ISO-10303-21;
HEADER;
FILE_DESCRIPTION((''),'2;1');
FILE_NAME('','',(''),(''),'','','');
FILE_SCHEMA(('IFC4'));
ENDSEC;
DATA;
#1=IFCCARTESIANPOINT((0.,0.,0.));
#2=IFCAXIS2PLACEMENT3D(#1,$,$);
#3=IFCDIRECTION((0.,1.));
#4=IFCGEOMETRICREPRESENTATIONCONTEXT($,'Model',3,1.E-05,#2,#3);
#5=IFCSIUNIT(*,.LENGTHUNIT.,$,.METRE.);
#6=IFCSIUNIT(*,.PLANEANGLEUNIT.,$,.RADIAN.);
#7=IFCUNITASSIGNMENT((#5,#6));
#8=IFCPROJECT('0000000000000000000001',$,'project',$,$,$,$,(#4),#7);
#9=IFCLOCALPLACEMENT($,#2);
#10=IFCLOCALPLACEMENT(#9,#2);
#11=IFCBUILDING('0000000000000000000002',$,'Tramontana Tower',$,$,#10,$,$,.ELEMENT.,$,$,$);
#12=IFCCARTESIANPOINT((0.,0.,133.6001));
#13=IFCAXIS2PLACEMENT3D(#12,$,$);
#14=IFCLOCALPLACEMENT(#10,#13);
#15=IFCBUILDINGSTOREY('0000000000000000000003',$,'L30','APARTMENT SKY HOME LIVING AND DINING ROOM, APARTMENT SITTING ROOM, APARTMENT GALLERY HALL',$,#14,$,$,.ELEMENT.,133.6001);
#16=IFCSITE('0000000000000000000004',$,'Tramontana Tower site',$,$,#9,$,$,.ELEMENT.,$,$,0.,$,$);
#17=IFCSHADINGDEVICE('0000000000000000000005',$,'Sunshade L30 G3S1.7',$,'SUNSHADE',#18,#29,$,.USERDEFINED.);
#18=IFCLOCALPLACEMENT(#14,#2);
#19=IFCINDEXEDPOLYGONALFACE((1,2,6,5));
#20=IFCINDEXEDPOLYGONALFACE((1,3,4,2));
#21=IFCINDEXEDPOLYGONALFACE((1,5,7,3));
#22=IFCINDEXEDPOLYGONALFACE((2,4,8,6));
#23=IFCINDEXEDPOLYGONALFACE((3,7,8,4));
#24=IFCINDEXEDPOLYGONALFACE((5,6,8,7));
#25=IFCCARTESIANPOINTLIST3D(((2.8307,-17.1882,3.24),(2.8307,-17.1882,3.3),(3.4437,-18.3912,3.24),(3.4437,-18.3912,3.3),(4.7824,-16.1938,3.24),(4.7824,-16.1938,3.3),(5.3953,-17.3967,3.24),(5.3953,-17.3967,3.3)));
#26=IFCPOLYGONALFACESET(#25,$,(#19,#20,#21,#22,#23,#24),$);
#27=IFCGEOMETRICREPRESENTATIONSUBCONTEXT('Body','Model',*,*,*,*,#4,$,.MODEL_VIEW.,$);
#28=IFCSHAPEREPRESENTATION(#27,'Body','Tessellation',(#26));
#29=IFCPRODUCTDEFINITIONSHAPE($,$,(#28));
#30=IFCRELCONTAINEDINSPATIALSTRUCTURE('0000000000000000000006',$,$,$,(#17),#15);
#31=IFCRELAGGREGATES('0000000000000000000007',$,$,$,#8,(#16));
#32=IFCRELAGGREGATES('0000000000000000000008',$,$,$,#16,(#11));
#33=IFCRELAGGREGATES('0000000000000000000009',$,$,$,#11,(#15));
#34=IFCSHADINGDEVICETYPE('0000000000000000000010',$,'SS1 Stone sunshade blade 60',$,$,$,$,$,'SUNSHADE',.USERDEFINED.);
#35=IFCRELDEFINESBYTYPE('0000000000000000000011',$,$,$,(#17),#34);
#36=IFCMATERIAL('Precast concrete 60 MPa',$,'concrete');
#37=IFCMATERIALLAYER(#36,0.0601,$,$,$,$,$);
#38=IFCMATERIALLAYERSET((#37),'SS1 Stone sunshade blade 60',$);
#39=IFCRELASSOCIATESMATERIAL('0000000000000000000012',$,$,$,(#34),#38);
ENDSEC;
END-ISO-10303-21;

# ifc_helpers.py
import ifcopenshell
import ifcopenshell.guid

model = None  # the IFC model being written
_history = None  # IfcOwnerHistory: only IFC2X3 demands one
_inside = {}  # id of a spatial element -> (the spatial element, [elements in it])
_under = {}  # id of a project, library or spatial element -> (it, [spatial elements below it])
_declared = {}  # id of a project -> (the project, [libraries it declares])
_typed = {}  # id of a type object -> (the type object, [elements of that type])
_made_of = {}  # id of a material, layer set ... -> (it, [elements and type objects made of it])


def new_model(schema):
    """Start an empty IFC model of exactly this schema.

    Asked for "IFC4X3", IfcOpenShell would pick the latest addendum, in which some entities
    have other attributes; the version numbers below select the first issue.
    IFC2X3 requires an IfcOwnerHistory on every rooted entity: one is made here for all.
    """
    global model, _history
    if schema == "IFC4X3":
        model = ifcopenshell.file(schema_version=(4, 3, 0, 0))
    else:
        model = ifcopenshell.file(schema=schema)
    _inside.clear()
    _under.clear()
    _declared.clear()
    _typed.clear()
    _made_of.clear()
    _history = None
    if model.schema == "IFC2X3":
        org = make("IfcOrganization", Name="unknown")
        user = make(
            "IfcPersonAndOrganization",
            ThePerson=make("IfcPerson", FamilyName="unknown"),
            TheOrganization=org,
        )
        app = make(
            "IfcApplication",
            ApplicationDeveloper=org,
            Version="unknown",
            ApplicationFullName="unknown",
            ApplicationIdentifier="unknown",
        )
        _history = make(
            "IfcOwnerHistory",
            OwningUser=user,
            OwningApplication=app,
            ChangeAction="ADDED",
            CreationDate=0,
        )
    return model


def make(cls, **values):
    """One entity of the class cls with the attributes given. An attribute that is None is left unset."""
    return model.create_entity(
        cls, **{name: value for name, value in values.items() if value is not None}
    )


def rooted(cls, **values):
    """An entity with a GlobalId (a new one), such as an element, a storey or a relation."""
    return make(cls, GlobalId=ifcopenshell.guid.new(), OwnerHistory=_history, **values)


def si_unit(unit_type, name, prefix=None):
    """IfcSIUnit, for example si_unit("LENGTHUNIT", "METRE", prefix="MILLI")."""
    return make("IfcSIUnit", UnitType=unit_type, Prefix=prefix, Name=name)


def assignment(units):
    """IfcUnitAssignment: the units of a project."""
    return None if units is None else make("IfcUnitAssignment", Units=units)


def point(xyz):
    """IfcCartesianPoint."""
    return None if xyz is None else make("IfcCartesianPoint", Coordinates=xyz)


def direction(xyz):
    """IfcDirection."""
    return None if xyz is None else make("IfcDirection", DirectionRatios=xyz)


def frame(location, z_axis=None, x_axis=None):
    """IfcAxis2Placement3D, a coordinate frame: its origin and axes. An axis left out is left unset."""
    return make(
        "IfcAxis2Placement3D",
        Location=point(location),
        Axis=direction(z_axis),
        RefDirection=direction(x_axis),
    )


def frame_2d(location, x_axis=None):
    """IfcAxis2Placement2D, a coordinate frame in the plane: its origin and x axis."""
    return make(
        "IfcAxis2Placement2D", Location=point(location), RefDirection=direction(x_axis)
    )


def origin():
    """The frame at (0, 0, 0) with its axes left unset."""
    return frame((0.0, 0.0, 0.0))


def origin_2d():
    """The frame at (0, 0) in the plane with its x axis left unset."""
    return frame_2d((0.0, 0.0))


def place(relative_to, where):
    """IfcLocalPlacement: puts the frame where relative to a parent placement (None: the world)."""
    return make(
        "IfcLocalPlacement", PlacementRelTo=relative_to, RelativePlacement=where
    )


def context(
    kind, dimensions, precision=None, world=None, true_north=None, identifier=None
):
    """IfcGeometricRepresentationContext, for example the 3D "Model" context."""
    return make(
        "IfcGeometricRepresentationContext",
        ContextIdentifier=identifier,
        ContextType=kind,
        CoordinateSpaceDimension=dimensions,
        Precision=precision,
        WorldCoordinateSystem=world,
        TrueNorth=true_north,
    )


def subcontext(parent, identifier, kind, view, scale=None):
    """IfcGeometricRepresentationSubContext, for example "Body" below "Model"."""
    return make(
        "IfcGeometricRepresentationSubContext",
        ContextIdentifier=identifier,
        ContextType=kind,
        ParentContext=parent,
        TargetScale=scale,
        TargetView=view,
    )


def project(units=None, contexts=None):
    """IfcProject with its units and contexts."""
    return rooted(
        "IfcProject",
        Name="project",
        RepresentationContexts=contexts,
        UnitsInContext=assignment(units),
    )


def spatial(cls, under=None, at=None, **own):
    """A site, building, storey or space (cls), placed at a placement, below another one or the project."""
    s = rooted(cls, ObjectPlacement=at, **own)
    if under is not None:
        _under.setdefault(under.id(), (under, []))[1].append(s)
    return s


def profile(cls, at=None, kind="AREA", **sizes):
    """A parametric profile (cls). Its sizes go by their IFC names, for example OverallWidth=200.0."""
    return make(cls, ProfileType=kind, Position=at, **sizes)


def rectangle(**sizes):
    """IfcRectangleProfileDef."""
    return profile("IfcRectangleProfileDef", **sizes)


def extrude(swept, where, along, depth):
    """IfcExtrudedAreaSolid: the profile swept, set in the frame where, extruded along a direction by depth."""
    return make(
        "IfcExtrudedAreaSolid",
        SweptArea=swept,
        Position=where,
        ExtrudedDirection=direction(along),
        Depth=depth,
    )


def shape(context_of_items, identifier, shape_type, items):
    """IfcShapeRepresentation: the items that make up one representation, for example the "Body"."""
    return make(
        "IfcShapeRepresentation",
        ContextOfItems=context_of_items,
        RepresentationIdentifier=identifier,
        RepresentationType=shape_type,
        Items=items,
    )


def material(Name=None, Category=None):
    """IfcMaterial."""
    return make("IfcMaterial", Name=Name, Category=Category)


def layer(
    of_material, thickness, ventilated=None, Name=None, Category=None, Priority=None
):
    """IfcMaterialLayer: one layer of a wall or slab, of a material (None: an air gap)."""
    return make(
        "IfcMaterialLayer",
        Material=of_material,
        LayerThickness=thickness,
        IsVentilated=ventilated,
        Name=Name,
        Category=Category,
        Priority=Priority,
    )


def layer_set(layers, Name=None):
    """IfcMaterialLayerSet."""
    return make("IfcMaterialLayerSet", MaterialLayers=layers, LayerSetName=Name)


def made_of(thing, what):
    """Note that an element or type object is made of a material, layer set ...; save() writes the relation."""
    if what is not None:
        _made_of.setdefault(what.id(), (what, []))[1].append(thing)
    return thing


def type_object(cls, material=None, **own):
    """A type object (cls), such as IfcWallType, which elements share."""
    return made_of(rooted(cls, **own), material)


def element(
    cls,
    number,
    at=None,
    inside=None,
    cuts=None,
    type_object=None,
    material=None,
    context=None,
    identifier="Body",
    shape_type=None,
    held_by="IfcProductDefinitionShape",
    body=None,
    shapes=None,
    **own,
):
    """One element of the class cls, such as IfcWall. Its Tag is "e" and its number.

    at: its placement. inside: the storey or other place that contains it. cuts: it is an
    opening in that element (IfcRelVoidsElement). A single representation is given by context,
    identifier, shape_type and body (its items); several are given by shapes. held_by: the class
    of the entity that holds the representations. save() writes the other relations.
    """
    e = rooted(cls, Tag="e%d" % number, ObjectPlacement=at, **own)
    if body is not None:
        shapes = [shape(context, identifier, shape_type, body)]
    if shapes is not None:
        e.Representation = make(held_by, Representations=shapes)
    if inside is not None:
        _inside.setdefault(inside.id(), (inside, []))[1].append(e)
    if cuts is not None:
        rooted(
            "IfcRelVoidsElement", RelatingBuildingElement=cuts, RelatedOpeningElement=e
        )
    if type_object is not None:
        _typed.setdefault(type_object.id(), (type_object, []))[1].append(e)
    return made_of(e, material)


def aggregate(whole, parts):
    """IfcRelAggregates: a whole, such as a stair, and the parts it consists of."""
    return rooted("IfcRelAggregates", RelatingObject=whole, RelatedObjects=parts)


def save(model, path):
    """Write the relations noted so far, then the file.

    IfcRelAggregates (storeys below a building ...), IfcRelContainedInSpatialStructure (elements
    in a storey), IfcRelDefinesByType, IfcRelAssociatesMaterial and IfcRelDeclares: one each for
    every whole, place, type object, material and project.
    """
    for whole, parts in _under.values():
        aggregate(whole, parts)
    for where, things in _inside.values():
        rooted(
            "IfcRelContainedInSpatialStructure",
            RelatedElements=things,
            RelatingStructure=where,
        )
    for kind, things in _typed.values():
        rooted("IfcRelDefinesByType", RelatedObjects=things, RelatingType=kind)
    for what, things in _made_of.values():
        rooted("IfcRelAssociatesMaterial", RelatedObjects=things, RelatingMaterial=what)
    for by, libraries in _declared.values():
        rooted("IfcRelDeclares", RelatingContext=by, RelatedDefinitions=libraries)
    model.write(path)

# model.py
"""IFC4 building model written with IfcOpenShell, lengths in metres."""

from ifc_helpers import new_model, si_unit, direction, frame, origin, origin_2d, place, context, subcontext, project, spatial, rectangle, extrude, material, layer, layer_set, type_object, element, save


model = new_model("IFC4")

# Units and contexts
model_context = context("Model", 3, precision=1e-05, world=origin(), true_north=direction((0.0, 1.0)))
body_context = subcontext(model_context, "Body", "Model", "MODEL_VIEW")
ifc_project = project(units=[si_unit("LENGTHUNIT", "METRE"), si_unit("PLANEANGLEUNIT", "RADIAN")], contexts=[model_context])

# Site, building, storey
site_placement = place(None, origin())
site = spatial("IfcSite", under=ifc_project, at=site_placement, Name="Tramontana Tower site", CompositionType="ELEMENT", RefElevation=0.0)
building_placement = place(site_placement, origin())
building = spatial("IfcBuilding", under=site, at=building_placement, Name="Tramontana Tower", CompositionType="ELEMENT")
storey_placement = place(building_placement, frame((0.0, 0.0, 133.6001)))
storey = spatial("IfcBuildingStorey", under=building, at=storey_placement, Name="L30", Description="APARTMENT SKY HOME LIVING AND DINING ROOM, APARTMENT SITTING ROOM, APARTMENT GALLERY HALL", CompositionType="ELEMENT", Elevation=133.6001)

# Shading device
ifc_material_1 = material(Name="Precast concrete 60 MPa", Category="concrete")
ifc_layer_1 = layer(ifc_material_1, 0.0601)
ifc_layer_set_1 = layer_set([ifc_layer_1], Name="SS1 Stone sunshade blade 60")
shading_device_type = type_object("IfcShadingDeviceType", Name="SS1 Stone sunshade blade 60", ElementType="SUNSHADE", PredefinedType="USERDEFINED", material=ifc_layer_set_1)
shading_device_placement = place(storey_placement, frame((4.113, -17.2925, 3.24), z_axis=(0.0, 0.0, 1.0), x_axis=(0.891007, 0.45399, 0.0)))
element("IfcShadingDevice", 1, at=shading_device_placement, inside=storey, type_object=shading_device_type, Name="Sunshade L30 G3S1.7", ObjectType="SUNSHADE", PredefinedType="USERDEFINED", context=body_context, shape_type="SweptSolid", body=[
    extrude(rectangle(XDim=2.1904, YDim=1.3501, at=origin_2d()), origin(), (0.0, 0.0, 1.0), 0.0601),
])

save(model, "model.ifc")
